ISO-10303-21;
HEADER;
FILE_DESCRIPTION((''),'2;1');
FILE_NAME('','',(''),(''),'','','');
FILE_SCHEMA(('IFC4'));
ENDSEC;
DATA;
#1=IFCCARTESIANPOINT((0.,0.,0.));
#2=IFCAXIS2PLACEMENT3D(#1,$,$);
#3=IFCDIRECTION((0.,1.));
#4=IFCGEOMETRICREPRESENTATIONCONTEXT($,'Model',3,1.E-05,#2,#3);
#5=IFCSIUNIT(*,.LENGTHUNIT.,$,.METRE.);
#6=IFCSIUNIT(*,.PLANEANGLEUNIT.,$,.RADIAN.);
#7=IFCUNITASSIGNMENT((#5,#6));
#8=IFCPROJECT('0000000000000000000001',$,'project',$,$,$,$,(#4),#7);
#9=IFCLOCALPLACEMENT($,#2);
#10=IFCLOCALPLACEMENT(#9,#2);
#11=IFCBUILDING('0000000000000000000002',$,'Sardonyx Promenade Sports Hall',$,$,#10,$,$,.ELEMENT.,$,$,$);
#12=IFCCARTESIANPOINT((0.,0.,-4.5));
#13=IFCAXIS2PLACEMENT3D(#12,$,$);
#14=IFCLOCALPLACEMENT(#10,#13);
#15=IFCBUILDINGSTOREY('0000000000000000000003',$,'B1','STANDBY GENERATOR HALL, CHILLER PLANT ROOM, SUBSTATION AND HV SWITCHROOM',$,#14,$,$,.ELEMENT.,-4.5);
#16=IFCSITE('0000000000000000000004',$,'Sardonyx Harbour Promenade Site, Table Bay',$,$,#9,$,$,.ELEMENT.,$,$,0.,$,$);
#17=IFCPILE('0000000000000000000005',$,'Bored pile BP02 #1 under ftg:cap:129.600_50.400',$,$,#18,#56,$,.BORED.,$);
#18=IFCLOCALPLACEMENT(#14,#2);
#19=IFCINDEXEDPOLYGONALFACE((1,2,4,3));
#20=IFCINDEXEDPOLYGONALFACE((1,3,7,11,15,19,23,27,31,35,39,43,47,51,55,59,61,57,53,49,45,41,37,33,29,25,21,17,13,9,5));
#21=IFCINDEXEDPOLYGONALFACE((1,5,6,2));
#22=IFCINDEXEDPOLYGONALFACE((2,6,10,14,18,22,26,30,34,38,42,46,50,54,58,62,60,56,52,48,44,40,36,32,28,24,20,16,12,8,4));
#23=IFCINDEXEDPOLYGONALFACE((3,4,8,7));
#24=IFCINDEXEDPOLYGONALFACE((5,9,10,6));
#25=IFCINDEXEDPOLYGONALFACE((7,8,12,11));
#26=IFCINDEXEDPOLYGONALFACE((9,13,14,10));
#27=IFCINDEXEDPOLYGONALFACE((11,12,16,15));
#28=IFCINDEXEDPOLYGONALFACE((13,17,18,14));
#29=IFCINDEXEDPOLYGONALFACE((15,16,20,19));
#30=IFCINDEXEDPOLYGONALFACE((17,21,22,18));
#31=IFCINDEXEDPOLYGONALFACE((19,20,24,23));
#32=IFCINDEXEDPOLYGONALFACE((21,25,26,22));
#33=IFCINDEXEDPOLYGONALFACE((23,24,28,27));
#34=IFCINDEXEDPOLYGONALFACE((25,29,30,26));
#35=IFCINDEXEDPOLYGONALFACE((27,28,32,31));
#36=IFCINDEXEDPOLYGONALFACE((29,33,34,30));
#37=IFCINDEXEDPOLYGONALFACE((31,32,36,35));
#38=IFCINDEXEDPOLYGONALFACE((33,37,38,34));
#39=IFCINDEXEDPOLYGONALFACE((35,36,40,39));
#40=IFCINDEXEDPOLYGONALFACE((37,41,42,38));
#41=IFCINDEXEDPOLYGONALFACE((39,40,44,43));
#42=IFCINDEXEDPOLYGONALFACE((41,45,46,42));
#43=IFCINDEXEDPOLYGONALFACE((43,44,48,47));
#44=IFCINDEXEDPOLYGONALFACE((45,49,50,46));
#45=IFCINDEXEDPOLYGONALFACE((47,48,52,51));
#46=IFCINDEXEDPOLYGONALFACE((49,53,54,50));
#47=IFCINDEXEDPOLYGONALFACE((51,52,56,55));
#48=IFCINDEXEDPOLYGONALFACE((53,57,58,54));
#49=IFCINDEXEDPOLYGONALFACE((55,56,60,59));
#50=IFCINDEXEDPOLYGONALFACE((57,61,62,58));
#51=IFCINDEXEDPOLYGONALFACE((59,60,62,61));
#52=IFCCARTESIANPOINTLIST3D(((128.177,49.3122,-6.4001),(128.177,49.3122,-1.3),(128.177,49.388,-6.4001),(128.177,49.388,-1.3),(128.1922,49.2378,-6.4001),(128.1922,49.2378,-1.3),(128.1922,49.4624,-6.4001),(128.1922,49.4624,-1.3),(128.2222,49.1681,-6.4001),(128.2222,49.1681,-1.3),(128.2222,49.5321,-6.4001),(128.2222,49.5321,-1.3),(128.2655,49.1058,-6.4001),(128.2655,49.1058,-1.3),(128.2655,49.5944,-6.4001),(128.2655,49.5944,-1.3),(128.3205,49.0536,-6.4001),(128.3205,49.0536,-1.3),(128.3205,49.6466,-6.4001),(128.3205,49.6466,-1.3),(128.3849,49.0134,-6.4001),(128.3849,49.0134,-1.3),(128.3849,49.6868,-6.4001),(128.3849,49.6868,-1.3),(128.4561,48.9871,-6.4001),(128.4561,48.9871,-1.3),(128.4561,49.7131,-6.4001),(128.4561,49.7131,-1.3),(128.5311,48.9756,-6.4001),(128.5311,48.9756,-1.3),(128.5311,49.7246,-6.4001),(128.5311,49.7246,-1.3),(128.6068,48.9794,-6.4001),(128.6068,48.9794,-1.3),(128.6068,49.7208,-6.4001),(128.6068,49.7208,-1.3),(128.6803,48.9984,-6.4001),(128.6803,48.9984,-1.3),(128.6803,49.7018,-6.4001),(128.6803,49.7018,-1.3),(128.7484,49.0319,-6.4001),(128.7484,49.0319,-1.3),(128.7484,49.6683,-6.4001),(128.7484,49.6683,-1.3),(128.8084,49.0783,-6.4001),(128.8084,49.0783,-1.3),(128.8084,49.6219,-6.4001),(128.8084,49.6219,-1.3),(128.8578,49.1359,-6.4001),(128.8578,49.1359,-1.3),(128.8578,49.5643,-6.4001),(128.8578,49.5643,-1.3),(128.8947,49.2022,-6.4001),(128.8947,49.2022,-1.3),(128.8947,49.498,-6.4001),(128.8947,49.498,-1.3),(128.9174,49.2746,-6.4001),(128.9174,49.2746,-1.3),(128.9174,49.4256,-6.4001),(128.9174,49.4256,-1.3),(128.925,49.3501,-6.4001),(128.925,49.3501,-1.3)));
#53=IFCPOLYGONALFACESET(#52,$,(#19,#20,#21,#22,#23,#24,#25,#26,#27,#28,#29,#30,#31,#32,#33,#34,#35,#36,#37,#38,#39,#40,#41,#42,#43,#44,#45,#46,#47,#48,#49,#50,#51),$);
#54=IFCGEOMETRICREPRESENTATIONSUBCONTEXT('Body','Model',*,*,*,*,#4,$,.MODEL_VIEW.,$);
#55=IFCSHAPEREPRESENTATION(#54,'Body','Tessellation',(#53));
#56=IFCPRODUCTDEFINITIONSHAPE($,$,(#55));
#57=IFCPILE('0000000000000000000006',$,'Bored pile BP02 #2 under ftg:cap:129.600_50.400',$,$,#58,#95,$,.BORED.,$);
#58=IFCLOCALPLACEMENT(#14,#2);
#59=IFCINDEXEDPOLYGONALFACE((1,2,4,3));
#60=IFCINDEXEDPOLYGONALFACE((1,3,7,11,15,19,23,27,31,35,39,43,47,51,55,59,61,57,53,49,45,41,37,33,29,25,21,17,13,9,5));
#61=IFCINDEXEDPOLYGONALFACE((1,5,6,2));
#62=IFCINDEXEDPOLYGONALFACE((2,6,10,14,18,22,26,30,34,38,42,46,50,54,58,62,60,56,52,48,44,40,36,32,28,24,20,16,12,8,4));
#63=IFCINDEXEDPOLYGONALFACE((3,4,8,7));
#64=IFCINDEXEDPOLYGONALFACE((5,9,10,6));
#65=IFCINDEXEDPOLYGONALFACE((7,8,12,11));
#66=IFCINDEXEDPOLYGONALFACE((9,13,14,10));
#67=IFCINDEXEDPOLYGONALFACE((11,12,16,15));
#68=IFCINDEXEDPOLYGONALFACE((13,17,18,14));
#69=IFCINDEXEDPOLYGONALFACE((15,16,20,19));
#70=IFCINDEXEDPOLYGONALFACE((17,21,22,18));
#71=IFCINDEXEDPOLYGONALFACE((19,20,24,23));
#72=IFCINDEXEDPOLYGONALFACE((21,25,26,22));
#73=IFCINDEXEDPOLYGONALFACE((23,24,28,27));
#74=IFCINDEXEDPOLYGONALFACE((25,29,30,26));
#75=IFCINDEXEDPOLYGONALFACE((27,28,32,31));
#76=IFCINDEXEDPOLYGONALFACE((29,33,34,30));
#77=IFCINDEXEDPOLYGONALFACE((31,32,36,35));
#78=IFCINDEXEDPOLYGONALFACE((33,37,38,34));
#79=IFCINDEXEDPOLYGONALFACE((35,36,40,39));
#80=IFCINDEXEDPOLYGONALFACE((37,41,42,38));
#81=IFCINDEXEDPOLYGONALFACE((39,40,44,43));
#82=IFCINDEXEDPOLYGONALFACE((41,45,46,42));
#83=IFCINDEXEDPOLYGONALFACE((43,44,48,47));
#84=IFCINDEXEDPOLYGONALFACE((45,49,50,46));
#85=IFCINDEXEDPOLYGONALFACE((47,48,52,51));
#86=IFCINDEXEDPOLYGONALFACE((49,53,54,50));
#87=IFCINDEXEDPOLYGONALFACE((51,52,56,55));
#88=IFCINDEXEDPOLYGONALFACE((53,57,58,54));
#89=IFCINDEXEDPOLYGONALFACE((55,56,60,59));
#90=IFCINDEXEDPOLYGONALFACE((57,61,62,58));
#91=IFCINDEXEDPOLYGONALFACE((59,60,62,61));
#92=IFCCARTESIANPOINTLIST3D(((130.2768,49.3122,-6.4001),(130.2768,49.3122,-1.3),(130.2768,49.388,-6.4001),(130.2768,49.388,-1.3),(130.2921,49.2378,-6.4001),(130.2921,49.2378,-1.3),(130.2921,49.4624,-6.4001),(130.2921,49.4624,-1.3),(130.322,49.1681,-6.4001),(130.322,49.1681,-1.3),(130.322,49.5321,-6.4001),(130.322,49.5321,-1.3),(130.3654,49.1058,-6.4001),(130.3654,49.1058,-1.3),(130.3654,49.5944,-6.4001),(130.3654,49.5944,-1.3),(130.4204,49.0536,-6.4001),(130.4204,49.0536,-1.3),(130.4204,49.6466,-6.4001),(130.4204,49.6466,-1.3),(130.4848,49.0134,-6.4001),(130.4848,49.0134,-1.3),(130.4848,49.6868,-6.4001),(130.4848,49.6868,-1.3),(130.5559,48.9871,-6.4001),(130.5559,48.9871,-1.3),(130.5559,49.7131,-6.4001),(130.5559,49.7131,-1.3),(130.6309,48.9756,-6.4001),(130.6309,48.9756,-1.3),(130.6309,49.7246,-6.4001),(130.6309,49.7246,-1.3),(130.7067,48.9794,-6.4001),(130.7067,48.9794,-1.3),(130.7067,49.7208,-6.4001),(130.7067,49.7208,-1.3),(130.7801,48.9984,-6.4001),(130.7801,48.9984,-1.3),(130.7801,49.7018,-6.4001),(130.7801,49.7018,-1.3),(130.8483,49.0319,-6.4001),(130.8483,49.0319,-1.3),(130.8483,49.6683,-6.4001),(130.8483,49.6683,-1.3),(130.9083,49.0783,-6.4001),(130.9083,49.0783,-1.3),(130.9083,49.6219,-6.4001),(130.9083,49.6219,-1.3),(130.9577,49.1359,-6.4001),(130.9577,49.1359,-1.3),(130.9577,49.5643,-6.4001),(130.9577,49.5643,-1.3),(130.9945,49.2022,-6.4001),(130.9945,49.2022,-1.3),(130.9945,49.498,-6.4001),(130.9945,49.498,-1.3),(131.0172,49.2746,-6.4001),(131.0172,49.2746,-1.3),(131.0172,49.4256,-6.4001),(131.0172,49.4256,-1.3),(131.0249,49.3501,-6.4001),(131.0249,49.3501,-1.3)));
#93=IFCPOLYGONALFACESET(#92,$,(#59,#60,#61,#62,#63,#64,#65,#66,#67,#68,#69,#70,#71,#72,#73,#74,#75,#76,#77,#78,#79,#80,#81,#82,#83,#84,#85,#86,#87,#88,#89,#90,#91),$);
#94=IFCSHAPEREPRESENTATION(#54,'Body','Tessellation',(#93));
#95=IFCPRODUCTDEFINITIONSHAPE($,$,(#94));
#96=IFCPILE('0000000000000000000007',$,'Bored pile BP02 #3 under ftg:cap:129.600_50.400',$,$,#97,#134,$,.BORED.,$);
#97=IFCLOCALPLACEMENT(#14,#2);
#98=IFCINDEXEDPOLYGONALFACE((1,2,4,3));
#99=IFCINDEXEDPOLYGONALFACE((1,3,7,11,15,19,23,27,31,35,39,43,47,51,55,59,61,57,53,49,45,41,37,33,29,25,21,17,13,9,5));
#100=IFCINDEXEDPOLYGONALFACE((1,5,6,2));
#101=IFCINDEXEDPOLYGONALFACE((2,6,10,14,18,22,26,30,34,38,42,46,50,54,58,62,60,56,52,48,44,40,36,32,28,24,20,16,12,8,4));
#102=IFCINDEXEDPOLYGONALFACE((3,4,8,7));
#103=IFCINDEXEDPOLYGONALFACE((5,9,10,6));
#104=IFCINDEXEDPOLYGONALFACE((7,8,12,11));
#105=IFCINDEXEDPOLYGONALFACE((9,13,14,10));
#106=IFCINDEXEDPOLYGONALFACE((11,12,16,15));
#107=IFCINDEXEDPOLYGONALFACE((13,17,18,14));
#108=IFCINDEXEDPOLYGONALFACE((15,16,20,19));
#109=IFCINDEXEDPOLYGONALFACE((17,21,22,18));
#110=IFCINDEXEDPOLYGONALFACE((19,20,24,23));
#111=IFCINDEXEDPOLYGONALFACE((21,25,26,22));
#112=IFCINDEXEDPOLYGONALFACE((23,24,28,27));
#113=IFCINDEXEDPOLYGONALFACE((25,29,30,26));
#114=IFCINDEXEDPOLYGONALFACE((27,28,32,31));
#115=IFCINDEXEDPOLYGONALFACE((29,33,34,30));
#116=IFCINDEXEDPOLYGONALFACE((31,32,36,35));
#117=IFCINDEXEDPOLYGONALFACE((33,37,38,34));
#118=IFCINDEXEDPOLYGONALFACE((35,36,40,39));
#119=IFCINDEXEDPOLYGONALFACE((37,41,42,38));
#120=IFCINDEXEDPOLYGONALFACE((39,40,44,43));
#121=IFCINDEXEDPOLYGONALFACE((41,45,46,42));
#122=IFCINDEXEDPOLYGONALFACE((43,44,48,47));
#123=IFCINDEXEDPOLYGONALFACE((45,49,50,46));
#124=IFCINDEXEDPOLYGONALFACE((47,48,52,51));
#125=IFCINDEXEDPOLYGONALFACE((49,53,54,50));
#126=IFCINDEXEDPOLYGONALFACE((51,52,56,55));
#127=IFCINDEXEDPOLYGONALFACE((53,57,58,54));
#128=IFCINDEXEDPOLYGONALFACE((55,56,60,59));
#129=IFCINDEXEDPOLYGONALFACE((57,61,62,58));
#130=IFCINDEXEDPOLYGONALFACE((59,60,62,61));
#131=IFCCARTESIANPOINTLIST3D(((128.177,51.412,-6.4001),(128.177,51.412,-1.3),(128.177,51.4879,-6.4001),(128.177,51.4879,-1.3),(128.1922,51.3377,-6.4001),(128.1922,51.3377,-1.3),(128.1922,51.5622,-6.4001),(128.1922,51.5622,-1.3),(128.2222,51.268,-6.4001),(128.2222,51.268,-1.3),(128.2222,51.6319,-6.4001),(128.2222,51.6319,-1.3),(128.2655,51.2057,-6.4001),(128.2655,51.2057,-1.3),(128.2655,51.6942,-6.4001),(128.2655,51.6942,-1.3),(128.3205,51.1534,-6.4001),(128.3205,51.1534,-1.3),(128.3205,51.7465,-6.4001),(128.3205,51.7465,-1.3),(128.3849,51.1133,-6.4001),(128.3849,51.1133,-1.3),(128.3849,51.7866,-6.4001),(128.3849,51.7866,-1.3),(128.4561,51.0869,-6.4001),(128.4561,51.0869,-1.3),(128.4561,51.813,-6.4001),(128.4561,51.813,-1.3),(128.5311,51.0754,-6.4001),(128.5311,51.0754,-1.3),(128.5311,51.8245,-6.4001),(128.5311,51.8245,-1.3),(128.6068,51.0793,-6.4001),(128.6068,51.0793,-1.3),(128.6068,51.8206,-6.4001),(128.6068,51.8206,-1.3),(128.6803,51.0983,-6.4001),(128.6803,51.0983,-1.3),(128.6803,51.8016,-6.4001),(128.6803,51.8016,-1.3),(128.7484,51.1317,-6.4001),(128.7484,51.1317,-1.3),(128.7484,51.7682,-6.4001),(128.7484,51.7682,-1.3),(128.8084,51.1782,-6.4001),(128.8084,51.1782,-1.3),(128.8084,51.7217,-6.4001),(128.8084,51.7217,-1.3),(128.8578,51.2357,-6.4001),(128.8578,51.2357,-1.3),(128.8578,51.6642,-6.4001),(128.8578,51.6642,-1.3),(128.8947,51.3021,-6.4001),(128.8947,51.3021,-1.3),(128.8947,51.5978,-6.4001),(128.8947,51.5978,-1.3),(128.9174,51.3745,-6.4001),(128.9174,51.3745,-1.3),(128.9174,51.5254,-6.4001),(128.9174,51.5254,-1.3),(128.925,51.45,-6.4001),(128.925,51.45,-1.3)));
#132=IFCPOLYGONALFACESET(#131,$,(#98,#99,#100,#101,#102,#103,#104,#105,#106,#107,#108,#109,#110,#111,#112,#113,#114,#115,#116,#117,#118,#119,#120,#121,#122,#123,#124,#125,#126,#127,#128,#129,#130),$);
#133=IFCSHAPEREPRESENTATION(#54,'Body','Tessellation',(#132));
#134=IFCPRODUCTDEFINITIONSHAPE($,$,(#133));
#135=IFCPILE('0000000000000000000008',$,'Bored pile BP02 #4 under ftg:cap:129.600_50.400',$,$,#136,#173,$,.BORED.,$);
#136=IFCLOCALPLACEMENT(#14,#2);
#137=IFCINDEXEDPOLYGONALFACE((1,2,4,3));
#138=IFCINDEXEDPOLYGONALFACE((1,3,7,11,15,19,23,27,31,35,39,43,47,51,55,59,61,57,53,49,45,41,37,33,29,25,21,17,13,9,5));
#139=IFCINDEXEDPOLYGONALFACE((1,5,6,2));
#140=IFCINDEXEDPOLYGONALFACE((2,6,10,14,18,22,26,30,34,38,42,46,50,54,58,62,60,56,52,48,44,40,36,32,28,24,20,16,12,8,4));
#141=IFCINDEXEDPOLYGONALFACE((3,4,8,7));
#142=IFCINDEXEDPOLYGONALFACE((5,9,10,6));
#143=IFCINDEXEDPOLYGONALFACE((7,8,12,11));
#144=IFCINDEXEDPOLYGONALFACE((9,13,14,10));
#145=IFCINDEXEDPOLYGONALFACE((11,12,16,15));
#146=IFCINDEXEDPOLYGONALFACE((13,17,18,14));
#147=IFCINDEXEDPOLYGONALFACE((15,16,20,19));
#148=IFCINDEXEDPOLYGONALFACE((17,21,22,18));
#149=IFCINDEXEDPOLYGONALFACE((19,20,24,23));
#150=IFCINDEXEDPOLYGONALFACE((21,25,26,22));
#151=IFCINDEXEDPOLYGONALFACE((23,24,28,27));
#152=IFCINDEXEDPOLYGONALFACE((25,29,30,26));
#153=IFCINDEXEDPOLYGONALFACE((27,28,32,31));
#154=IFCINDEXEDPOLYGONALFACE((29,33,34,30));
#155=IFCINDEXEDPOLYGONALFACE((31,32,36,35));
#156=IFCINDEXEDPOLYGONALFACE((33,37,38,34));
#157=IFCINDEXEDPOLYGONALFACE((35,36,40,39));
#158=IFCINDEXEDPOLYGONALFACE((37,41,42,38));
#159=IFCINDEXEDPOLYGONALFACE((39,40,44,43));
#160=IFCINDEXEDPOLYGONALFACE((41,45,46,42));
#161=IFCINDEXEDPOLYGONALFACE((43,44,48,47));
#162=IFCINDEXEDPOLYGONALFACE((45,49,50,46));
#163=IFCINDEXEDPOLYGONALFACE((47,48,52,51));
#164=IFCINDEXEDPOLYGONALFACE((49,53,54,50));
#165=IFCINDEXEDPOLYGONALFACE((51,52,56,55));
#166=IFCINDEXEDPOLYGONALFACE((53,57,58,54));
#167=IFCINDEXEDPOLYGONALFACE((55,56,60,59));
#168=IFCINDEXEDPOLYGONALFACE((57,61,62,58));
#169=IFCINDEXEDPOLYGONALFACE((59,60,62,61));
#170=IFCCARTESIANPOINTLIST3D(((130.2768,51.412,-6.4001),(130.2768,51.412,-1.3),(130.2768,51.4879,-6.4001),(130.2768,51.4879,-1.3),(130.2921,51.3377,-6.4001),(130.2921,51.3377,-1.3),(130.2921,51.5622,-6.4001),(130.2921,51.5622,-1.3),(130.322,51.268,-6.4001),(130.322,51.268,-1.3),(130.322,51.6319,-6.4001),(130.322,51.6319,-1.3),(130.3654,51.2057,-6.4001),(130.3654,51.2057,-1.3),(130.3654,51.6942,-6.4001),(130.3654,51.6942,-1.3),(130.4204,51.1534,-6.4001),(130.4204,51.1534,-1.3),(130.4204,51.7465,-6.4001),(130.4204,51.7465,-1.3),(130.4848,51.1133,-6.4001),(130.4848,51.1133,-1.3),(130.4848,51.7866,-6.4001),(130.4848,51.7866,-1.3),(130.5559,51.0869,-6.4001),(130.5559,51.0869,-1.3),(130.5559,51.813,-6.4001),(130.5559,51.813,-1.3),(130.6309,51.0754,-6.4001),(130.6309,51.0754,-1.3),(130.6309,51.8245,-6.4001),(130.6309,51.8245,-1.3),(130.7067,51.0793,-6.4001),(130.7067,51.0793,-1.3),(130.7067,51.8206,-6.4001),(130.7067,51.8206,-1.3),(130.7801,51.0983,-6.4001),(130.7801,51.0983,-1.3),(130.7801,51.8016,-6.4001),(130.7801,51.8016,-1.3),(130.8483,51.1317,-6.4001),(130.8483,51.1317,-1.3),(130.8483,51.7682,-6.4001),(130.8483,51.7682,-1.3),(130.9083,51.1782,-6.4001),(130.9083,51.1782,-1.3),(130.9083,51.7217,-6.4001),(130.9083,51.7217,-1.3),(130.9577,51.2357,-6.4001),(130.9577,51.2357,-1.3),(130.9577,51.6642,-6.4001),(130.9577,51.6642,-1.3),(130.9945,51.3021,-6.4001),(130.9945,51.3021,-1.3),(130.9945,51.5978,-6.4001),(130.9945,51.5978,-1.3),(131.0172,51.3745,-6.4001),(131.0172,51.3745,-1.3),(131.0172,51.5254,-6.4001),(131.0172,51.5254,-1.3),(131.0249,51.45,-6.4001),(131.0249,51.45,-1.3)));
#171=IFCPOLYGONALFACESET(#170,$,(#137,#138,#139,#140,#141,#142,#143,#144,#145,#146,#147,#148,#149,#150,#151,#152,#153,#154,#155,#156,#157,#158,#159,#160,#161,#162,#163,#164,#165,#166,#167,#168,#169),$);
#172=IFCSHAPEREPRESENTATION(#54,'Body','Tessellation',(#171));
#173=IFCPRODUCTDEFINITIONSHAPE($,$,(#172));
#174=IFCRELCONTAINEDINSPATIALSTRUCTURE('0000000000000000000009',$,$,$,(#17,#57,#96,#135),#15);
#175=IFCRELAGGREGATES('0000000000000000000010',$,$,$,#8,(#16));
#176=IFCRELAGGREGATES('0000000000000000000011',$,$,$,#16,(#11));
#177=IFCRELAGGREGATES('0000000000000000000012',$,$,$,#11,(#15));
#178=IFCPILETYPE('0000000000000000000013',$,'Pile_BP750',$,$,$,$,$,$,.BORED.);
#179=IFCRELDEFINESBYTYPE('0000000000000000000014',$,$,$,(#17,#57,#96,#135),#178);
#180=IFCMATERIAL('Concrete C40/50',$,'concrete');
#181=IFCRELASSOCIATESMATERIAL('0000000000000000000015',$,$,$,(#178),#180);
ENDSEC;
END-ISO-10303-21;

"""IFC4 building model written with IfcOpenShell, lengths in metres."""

from ifc_helpers import new_model, si_unit, direction, frame, origin, origin_2d, place, context, subcontext, project, spatial, circle, extrude, material, material_profile, profile_set, type_object, element, save


model = new_model("IFC4")

# Units and contexts
model_context = context("Model", 3, precision=1e-05, world=origin(), true_north=direction((0.0, 1.0)))
body_context = subcontext(model_context, "Body", "Model", "MODEL_VIEW")
ifc_project = project(units=[si_unit("LENGTHUNIT", "METRE"), si_unit("PLANEANGLEUNIT", "RADIAN")], contexts=[model_context])

# Site, building, storey
site_placement = place(None, origin())
site = spatial("IfcSite", under=ifc_project, at=site_placement, Name="Sardonyx Harbour Promenade Site, Table Bay", CompositionType="ELEMENT", RefElevation=0.0)
building_placement = place(site_placement, origin())
building = spatial("IfcBuilding", under=site, at=building_placement, Name="Sardonyx Promenade Sports Hall", CompositionType="ELEMENT")
storey_placement = place(building_placement, frame((0.0, 0.0, -4.5)))
storey = spatial("IfcBuildingStorey", under=building, at=storey_placement, Name="B1", Description="STANDBY GENERATOR HALL, CHILLER PLANT ROOM, SUBSTATION AND HV SWITCHROOM", CompositionType="ELEMENT", Elevation=-4.5)

# Piles
ifc_material_1 = material(Name="Concrete C40/50", Category="concrete")
ifc_material_profile_1 = material_profile(ifc_material_1, circle(Radius=0.375, at=origin_2d()))
ifc_profile_set_1 = profile_set([ifc_material_profile_1], Name="Concrete C40/50")
pile_type_1 = type_object("IfcPileType", Name="Pile_BP750", PredefinedType="BORED", material=ifc_profile_set_1)
for number, where, z_axis, x_axis, name in (
    (1, (128.55, 49.3501, -1.3), (0.0, 0.0, -1.0), (1.0, 0.0, 0.0), "Bored pile BP02 #1 under ftg:cap:129.600_50.400"),
    (2, (130.6499, 49.3501, -1.3), (0.0, 0.0, -1.0), (1.0, 0.0, 0.0), "Bored pile BP02 #2 under ftg:cap:129.600_50.400"),
    (3, (128.55, 51.45, -1.3), (0.0, 0.0, -1.0), (1.0, 0.0, 0.0), "Bored pile BP02 #3 under ftg:cap:129.600_50.400"),
    (4, (130.6499, 51.45, -1.3), (0.0, 0.0, -1.0), (1.0, 0.0, 0.0), "Bored pile BP02 #4 under ftg:cap:129.600_50.400"),
):
    element("IfcPile", number, at=place(storey_placement, frame(where, z_axis=z_axis, x_axis=x_axis)), inside=storey, type_object=pile_type_1, Name=name, PredefinedType="BORED", context=body_context, shape_type="SweptSolid", body=[
        extrude(circle(Radius=0.375, at=origin_2d()), origin(), (0.0, 0.0, 1.0), 5.1001),
    ])

save(model, "model.ifc")
